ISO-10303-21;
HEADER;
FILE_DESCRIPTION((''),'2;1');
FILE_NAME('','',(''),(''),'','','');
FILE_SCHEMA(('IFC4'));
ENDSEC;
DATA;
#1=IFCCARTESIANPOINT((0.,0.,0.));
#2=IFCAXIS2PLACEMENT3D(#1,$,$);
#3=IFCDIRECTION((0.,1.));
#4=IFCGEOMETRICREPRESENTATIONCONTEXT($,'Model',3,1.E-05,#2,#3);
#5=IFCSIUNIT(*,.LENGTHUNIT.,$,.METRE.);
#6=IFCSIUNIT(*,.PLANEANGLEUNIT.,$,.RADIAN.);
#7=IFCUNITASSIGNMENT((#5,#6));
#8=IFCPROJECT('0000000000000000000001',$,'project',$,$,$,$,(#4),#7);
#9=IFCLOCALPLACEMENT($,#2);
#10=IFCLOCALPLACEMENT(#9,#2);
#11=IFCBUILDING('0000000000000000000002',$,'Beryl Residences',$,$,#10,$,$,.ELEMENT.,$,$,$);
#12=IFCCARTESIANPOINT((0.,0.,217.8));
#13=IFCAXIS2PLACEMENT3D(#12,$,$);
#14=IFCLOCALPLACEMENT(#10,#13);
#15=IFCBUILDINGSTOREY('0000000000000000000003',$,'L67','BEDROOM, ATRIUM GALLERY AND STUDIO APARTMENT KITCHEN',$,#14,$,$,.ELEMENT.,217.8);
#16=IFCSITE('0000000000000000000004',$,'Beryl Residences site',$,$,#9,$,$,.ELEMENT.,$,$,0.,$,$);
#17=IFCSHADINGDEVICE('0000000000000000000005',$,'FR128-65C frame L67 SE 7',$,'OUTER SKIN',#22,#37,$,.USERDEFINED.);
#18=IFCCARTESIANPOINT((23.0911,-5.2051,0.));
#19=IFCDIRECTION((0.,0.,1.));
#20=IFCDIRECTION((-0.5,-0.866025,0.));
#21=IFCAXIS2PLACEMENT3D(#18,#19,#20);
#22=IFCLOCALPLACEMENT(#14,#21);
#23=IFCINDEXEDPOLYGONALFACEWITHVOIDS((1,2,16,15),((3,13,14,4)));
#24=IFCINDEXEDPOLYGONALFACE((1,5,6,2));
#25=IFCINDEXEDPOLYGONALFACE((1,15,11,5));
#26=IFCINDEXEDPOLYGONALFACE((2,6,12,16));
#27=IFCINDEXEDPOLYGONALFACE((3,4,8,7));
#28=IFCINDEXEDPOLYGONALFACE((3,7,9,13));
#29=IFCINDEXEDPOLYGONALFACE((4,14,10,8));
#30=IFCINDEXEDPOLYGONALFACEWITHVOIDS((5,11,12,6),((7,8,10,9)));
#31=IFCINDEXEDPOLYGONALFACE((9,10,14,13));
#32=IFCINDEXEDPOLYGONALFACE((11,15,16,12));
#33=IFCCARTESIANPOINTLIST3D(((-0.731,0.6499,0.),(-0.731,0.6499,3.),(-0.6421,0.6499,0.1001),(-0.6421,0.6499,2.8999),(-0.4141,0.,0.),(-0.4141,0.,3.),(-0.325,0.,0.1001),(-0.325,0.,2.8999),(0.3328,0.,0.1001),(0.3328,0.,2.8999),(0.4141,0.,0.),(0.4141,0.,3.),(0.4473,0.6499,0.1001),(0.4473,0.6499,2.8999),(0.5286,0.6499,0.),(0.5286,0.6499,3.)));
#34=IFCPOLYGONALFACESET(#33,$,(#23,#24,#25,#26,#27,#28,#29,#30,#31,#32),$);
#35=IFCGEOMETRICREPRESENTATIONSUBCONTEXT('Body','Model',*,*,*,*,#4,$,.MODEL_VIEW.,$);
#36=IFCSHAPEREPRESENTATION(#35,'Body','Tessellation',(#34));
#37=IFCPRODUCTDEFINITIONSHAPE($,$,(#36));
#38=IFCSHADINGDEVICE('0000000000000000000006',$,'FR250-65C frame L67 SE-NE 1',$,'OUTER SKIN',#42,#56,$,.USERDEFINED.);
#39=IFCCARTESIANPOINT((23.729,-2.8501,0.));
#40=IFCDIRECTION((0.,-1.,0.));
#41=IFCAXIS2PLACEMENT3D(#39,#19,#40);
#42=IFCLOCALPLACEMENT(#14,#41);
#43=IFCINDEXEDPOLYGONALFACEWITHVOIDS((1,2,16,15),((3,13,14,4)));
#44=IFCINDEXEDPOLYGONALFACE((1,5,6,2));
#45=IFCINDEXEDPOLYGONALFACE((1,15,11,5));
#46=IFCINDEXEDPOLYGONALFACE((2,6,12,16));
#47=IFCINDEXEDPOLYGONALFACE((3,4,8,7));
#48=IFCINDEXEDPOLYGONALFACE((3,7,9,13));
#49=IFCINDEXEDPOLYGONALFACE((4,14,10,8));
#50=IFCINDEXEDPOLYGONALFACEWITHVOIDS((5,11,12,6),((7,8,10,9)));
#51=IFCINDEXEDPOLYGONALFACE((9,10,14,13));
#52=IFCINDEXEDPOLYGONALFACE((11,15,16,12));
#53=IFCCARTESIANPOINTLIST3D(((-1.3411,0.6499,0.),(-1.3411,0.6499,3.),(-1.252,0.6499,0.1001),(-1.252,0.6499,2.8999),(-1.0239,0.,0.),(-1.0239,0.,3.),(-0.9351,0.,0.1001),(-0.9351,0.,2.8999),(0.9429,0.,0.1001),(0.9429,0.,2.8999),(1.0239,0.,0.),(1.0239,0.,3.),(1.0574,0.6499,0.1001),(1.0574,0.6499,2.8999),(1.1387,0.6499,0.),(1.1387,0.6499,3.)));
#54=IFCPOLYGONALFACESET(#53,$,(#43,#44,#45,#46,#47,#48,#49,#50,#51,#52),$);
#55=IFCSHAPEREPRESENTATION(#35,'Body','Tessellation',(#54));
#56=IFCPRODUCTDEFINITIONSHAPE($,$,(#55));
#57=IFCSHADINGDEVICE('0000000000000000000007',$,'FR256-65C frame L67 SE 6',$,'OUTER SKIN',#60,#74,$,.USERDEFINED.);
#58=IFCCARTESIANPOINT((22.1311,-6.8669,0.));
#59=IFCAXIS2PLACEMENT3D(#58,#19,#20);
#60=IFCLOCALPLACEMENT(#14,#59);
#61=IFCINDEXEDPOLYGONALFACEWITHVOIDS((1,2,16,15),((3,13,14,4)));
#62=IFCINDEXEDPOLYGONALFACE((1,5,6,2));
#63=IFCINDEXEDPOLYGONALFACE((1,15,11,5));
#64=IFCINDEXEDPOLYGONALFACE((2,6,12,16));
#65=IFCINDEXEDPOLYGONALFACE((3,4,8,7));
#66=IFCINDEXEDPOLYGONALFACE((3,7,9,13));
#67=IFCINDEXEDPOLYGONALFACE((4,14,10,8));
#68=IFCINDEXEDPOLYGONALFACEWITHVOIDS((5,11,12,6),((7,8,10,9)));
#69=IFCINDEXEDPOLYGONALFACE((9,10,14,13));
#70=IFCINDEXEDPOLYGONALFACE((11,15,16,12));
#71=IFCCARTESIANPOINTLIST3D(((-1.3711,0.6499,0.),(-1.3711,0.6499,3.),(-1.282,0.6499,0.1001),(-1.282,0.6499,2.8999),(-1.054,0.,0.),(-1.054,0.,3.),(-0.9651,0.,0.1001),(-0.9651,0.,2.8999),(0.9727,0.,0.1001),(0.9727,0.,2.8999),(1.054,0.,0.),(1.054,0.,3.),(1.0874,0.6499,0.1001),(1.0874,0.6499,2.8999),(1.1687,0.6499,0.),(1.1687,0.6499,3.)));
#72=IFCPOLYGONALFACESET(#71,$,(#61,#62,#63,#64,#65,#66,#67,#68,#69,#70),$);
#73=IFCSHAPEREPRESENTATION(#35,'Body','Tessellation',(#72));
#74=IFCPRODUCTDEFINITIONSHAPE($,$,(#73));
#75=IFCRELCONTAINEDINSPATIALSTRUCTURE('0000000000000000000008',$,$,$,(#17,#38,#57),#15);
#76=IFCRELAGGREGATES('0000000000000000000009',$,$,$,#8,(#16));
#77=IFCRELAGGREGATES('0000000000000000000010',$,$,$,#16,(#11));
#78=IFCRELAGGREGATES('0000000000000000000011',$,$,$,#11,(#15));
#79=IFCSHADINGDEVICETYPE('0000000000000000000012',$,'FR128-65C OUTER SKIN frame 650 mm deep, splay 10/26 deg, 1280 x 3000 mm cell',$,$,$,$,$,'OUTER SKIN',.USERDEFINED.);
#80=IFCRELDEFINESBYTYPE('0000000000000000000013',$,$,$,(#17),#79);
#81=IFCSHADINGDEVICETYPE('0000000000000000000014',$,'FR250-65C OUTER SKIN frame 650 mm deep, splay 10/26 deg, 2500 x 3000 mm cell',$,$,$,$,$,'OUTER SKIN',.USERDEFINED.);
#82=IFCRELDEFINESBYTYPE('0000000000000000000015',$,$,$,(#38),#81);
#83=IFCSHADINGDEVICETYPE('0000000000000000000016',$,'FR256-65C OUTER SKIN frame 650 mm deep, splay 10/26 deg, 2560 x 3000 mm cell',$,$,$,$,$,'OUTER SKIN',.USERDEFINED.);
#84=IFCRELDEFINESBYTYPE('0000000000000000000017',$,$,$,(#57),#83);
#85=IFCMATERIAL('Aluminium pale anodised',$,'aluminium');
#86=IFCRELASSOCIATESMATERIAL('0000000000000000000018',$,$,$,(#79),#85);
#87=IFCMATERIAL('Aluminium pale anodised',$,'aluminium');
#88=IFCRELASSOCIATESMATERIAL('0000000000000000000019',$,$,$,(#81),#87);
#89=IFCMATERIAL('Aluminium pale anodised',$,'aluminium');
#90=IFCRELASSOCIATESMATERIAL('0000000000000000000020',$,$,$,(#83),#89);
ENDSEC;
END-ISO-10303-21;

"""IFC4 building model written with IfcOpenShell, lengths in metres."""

from ifc_helpers import new_model, entity, si_unit, direction, frame, origin, place, context, subcontext, project, spatial, source, transform, mapped, material, type_object, type_shapes, element, save


model = new_model("IFC4")

# Units and contexts
model_context = context("Model", 3, precision=1e-05, world=origin(), true_north=direction((0.0, 1.0)))
body_context = subcontext(model_context, "Body", "Model", "MODEL_VIEW")
ifc_project = project(units=[si_unit("LENGTHUNIT", "METRE"), si_unit("PLANEANGLEUNIT", "RADIAN")], contexts=[model_context])

# Site, building, storey
site_placement = place(None, origin())
site = spatial("IfcSite", under=ifc_project, at=site_placement, Name="Beryl Residences site", CompositionType="ELEMENT", RefElevation=0.0)
building_placement = place(site_placement, origin())
building = spatial("IfcBuilding", under=site, at=building_placement, Name="Beryl Residences", CompositionType="ELEMENT")
storey_placement = place(building_placement, frame((0.0, 0.0, 217.8)))
storey = spatial("IfcBuildingStorey", under=building, at=storey_placement, Name="L67", Description="BEDROOM, ATRIUM GALLERY AND STUDIO APARTMENT KITCHEN", CompositionType="ELEMENT", Elevation=217.8)

# Shading devices
ifc_material_1 = material(Name="Aluminium pale anodised", Category="aluminium")
shading_device_type_1 = type_object("IfcShadingDeviceType", Name="FR128-65C OUTER SKIN frame 650 mm deep, splay 10/26 deg, 1280 x 3000 mm cell", ElementType="OUTER SKIN", PredefinedType="USERDEFINED", material=ifc_material_1)
cartesian_point_1 = entity("IfcCartesianPoint", [-0.4141, 0.0])
cartesian_point_2 = entity("IfcCartesianPoint", [-0.3328, 0.1001])
cartesian_point_3 = entity("IfcCartesianPoint", [-0.5286, 0.0])
cartesian_point_4 = entity("IfcCartesianPoint", [-0.4473, 0.1001])
shared_shape_1 = source(origin(), body_context, "Body", "SweptSolid", [
    entity("IfcExtrudedAreaSolidTapered", entity("IfcArbitraryProfileDefWithVoids", "AREA", None, entity("IfcPolyline", [cartesian_point_1, entity("IfcCartesianPoint", [0.4141, 0.0]), entity("IfcCartesianPoint", [0.4141, 3.0]), entity("IfcCartesianPoint", [-0.4141, 3.0]), cartesian_point_1]), [entity("IfcPolyline", [cartesian_point_2, entity("IfcCartesianPoint", [0.325, 0.1001]), entity("IfcCartesianPoint", [0.325, 2.8999]), entity("IfcCartesianPoint", [-0.3328, 2.8999]), cartesian_point_2])]), entity("IfcAxis2Placement3D", entity("IfcCartesianPoint", [0.0, 0.0, 0.0]), entity("IfcDirection", [0.0, 1.0, 0.0]), entity("IfcDirection", [-1.0, 0.0, 0.0])), entity("IfcDirection", [0.0, 0.0, 1.0]), 0.6499, entity("IfcArbitraryProfileDefWithVoids", "AREA", None, entity("IfcPolyline", [cartesian_point_3, entity("IfcCartesianPoint", [0.731, 0.0]), entity("IfcCartesianPoint", [0.731, 3.0]), entity("IfcCartesianPoint", [-0.5286, 3.0]), cartesian_point_3]), [entity("IfcPolyline", [cartesian_point_4, entity("IfcCartesianPoint", [0.6421, 0.1001]), entity("IfcCartesianPoint", [0.6421, 2.8999]), entity("IfcCartesianPoint", [-0.4473, 2.8999]), cartesian_point_4])])),
])
type_shapes(shading_device_type_1, [shared_shape_1])
shading_device_1_placement = place(storey_placement, frame((23.0911, -5.2051, 0.0), z_axis=(0.0, 0.0, 1.0), x_axis=(-0.5, -0.866025, 0.0)))
element("IfcShadingDevice", 1, at=shading_device_1_placement, inside=storey, type_object=shading_device_type_1, Name="FR128-65C frame L67 SE 7", ObjectType="OUTER SKIN", PredefinedType="USERDEFINED", context=body_context, shape_type="MappedRepresentation", body=[
    mapped(shared_shape_1, transform((0.0, 0.0, 0.0))),
])
ifc_material_2 = material(Name="Aluminium pale anodised", Category="aluminium")
shading_device_type_2 = type_object("IfcShadingDeviceType", Name="FR250-65C OUTER SKIN frame 650 mm deep, splay 10/26 deg, 2500 x 3000 mm cell", ElementType="OUTER SKIN", PredefinedType="USERDEFINED", material=ifc_material_2)
cartesian_point_5 = entity("IfcCartesianPoint", [-1.0239, 0.0])
cartesian_point_6 = entity("IfcCartesianPoint", [-0.9429, 0.1001])
cartesian_point_7 = entity("IfcCartesianPoint", [-1.1387, 0.0])
cartesian_point_8 = entity("IfcCartesianPoint", [-1.0574, 0.1001])
shared_shape_2 = source(origin(), body_context, "Body", "SweptSolid", [
    entity("IfcExtrudedAreaSolidTapered", entity("IfcArbitraryProfileDefWithVoids", "AREA", None, entity("IfcPolyline", [cartesian_point_5, entity("IfcCartesianPoint", [1.0239, 0.0]), entity("IfcCartesianPoint", [1.0239, 3.0]), entity("IfcCartesianPoint", [-1.0239, 3.0]), cartesian_point_5]), [entity("IfcPolyline", [cartesian_point_6, entity("IfcCartesianPoint", [0.9351, 0.1001]), entity("IfcCartesianPoint", [0.9351, 2.8999]), entity("IfcCartesianPoint", [-0.9429, 2.8999]), cartesian_point_6])]), entity("IfcAxis2Placement3D", entity("IfcCartesianPoint", [0.0, 0.0, 0.0]), entity("IfcDirection", [0.0, 1.0, 0.0]), entity("IfcDirection", [-1.0, 0.0, 0.0])), entity("IfcDirection", [0.0, 0.0, 1.0]), 0.6499, entity("IfcArbitraryProfileDefWithVoids", "AREA", None, entity("IfcPolyline", [cartesian_point_7, entity("IfcCartesianPoint", [1.3411, 0.0]), entity("IfcCartesianPoint", [1.3411, 3.0]), entity("IfcCartesianPoint", [-1.1387, 3.0]), cartesian_point_7]), [entity("IfcPolyline", [cartesian_point_8, entity("IfcCartesianPoint", [1.252, 0.1001]), entity("IfcCartesianPoint", [1.252, 2.8999]), entity("IfcCartesianPoint", [-1.0574, 2.8999]), cartesian_point_8])])),
])
type_shapes(shading_device_type_2, [shared_shape_2])
shading_device_2_placement = place(storey_placement, frame((23.729, -2.8501, 0.0), z_axis=(0.0, 0.0, 1.0), x_axis=(0.0, -1.0, 0.0)))
element("IfcShadingDevice", 2, at=shading_device_2_placement, inside=storey, type_object=shading_device_type_2, Name="FR250-65C frame L67 SE-NE 1", ObjectType="OUTER SKIN", PredefinedType="USERDEFINED", context=body_context, shape_type="MappedRepresentation", body=[
    mapped(shared_shape_2, transform((0.0, 0.0, 0.0))),
])
ifc_material_3 = material(Name="Aluminium pale anodised", Category="aluminium")
shading_device_type_3 = type_object("IfcShadingDeviceType", Name="FR256-65C OUTER SKIN frame 650 mm deep, splay 10/26 deg, 2560 x 3000 mm cell", ElementType="OUTER SKIN", PredefinedType="USERDEFINED", material=ifc_material_3)
cartesian_point_9 = entity("IfcCartesianPoint", [-1.054, 0.0])
cartesian_point_10 = entity("IfcCartesianPoint", [-0.9727, 0.1001])
cartesian_point_11 = entity("IfcCartesianPoint", [-1.1687, 0.0])
cartesian_point_12 = entity("IfcCartesianPoint", [-1.0874, 0.1001])
shared_shape_3 = source(origin(), body_context, "Body", "SweptSolid", [
    entity("IfcExtrudedAreaSolidTapered", entity("IfcArbitraryProfileDefWithVoids", "AREA", None, entity("IfcPolyline", [cartesian_point_9, entity("IfcCartesianPoint", [1.054, 0.0]), entity("IfcCartesianPoint", [1.054, 3.0]), entity("IfcCartesianPoint", [-1.054, 3.0]), cartesian_point_9]), [entity("IfcPolyline", [cartesian_point_10, entity("IfcCartesianPoint", [0.9651, 0.1001]), entity("IfcCartesianPoint", [0.9651, 2.8999]), entity("IfcCartesianPoint", [-0.9727, 2.8999]), cartesian_point_10])]), entity("IfcAxis2Placement3D", entity("IfcCartesianPoint", [0.0, 0.0, 0.0]), entity("IfcDirection", [0.0, 1.0, 0.0]), entity("IfcDirection", [-1.0, 0.0, 0.0])), entity("IfcDirection", [0.0, 0.0, 1.0]), 0.6499, entity("IfcArbitraryProfileDefWithVoids", "AREA", None, entity("IfcPolyline", [cartesian_point_11, entity("IfcCartesianPoint", [1.3711, 0.0]), entity("IfcCartesianPoint", [1.3711, 3.0]), entity("IfcCartesianPoint", [-1.1687, 3.0]), cartesian_point_11]), [entity("IfcPolyline", [cartesian_point_12, entity("IfcCartesianPoint", [1.282, 0.1001]), entity("IfcCartesianPoint", [1.282, 2.8999]), entity("IfcCartesianPoint", [-1.0874, 2.8999]), cartesian_point_12])])),
])
type_shapes(shading_device_type_3, [shared_shape_3])
shading_device_3_placement = place(storey_placement, frame((22.1311, -6.8669, 0.0), z_axis=(0.0, 0.0, 1.0), x_axis=(-0.5, -0.866025, 0.0)))
element("IfcShadingDevice", 3, at=shading_device_3_placement, inside=storey, type_object=shading_device_type_3, Name="FR256-65C frame L67 SE 6", ObjectType="OUTER SKIN", PredefinedType="USERDEFINED", context=body_context, shape_type="MappedRepresentation", body=[
    mapped(shared_shape_3, transform((0.0, 0.0, 0.0))),
])

save(model, "model.ifc")
